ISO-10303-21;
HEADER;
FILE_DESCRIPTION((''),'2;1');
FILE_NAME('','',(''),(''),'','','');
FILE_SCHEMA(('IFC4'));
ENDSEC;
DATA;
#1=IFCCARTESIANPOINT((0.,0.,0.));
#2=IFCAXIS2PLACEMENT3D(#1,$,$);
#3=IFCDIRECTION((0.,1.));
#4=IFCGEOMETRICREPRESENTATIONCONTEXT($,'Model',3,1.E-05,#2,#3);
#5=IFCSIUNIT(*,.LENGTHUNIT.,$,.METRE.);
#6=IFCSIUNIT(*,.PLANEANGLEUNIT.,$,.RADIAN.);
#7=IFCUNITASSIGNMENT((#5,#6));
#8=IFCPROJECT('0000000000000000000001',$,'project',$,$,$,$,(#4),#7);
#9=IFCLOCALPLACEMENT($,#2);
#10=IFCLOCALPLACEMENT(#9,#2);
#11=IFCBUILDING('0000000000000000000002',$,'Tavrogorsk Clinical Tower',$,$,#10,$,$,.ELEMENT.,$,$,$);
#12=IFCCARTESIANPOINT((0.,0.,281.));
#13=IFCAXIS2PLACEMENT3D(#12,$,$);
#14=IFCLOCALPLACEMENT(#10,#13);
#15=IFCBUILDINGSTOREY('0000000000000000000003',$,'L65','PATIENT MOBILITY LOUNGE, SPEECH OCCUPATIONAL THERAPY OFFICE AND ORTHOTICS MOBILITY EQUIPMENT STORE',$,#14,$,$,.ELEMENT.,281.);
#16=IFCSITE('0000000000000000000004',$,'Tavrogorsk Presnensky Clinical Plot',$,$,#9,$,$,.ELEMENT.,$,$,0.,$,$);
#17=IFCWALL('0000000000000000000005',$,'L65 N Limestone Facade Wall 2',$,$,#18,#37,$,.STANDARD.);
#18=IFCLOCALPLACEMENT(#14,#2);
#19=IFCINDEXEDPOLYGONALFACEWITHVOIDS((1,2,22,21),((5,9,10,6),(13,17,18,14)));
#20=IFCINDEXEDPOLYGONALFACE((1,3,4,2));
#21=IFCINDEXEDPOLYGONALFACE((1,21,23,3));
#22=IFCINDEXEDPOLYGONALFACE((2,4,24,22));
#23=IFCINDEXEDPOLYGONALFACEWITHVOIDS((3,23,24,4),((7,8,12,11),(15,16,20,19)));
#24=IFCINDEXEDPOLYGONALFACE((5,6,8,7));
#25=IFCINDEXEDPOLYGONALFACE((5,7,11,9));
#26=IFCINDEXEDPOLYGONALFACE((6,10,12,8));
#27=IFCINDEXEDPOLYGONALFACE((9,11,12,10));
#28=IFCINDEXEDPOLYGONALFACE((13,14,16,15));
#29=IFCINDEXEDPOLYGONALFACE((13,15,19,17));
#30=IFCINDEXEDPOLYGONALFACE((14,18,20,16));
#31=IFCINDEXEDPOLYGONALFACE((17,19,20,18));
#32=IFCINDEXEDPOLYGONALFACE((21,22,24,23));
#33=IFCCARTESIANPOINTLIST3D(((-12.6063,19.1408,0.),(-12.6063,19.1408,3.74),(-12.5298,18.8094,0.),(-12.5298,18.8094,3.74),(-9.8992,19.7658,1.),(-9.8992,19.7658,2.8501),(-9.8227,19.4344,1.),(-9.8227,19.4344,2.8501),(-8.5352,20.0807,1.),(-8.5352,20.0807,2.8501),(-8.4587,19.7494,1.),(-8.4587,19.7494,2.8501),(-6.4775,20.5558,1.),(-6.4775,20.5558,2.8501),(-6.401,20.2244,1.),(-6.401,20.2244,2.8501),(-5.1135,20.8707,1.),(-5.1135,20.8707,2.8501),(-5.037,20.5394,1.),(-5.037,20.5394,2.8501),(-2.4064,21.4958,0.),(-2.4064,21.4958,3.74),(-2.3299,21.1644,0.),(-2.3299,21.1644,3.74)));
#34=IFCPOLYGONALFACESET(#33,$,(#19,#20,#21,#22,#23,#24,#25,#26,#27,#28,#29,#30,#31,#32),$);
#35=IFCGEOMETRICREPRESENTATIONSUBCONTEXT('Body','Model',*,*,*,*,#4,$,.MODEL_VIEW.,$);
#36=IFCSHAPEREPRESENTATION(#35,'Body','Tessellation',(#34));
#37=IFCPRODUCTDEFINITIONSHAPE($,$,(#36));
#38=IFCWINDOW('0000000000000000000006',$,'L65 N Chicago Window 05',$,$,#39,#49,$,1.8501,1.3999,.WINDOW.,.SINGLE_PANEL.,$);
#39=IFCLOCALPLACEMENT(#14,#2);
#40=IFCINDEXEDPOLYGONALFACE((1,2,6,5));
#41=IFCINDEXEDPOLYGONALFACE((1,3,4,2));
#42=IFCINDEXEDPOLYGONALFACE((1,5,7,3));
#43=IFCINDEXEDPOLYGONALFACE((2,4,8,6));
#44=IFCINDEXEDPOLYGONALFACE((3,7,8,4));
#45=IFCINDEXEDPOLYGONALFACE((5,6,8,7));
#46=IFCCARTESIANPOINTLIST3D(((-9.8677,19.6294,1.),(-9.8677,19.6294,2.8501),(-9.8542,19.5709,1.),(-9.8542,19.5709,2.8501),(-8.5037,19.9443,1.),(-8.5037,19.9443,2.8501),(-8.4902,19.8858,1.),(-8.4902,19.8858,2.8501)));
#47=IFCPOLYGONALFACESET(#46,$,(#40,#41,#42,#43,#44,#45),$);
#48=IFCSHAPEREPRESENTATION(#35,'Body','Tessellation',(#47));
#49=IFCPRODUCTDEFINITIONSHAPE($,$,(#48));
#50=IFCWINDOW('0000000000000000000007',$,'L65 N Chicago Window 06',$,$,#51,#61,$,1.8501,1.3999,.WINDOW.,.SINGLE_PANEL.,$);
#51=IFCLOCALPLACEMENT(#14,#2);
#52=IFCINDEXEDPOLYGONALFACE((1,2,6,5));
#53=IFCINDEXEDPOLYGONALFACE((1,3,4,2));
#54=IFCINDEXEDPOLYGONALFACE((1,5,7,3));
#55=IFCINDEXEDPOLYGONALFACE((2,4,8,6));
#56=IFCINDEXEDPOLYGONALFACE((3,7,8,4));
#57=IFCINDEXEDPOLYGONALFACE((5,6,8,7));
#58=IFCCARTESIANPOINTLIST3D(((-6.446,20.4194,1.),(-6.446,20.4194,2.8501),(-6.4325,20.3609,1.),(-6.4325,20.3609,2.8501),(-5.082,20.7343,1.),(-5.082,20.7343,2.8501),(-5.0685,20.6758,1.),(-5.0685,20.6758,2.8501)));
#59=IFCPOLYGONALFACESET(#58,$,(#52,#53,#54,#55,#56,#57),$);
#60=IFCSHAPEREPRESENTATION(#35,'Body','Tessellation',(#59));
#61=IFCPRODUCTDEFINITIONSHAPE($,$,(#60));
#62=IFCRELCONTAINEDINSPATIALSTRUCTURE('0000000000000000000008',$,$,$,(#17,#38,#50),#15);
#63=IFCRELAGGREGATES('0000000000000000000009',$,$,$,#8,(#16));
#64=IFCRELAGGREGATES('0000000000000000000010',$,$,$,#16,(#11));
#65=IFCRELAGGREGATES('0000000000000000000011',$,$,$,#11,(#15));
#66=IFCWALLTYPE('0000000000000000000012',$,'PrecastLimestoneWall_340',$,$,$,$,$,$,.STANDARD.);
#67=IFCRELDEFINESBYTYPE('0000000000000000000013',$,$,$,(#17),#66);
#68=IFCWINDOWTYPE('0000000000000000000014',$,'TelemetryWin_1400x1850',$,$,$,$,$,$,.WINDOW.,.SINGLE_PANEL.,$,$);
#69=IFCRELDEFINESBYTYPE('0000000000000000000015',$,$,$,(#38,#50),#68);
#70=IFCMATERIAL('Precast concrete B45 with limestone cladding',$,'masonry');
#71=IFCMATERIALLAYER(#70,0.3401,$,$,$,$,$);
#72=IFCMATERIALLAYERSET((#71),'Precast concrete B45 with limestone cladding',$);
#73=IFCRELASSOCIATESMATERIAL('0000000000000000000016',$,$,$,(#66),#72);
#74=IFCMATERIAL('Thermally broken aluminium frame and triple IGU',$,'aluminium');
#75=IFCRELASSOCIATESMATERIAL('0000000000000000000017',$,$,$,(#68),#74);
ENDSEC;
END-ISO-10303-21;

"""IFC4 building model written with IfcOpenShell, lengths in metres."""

from ifc_helpers import new_model, si_unit, direction, frame, frame_2d, origin, place, context, subcontext, project, spatial, rectangle, extrude, material, layer, layer_set, type_object, element, fill, save


model = new_model("IFC4")

# Units and contexts
model_context = context("Model", 3, precision=1e-05, world=origin(), true_north=direction((0.0, 1.0)))
body_context = subcontext(model_context, "Body", "Model", "MODEL_VIEW")
ifc_project = project(units=[si_unit("LENGTHUNIT", "METRE"), si_unit("PLANEANGLEUNIT", "RADIAN")], contexts=[model_context])

# Site, building, storey
site_placement = place(None, origin())
site = spatial("IfcSite", under=ifc_project, at=site_placement, Name="Tavrogorsk Presnensky Clinical Plot", CompositionType="ELEMENT", RefElevation=0.0)
building_placement = place(site_placement, origin())
building = spatial("IfcBuilding", under=site, at=building_placement, Name="Tavrogorsk Clinical Tower", CompositionType="ELEMENT")
storey_placement = place(building_placement, frame((0.0, 0.0, 281.0)))
storey = spatial("IfcBuildingStorey", under=building, at=storey_placement, Name="L65", Description="PATIENT MOBILITY LOUNGE, SPEECH OCCUPATIONAL THERAPY OFFICE AND ORTHOTICS MOBILITY EQUIPMENT STORE", CompositionType="ELEMENT", Elevation=281.0)

# Wall, openings, windows
ifc_material_1 = material(Name="Precast concrete B45 with limestone cladding", Category="masonry")
ifc_layer_1 = layer(ifc_material_1, 0.3401)
ifc_layer_set_1 = layer_set([ifc_layer_1], Name="Precast concrete B45 with limestone cladding")
wall_type_1 = type_object("IfcWallType", Name="PrecastLimestoneWall_340", PredefinedType="STANDARD", material=ifc_layer_set_1)
wall_1_placement = place(storey_placement, frame((-2.3682, 21.3301, 0.0), z_axis=(0.0, 0.0, 1.0), x_axis=(-0.974367, -0.224963, 0.0)))
wall_1 = element("IfcWall", 1, at=wall_1_placement, inside=storey, type_object=wall_type_1, Name="L65 N Limestone Facade Wall 2", PredefinedType="STANDARD", context=body_context, shape_type="SweptSolid", body=[
    extrude(rectangle(XDim=10.4683, YDim=0.3401, at=frame_2d((5.2341, 0.0))), origin(), (0.0, 0.0, 1.0), 3.74),
])
opening_1_placement = place(wall_1_placement, frame((6.29, 0.0, 1.0)))
opening_1 = element("IfcOpeningElement", 2, at=opening_1_placement, cuts=wall_1, PredefinedType="OPENING", context=body_context, shape_type="SweptSolid", body=[
    extrude(rectangle(XDim=1.3999, YDim=1.8501, at=frame_2d((0.7, 0.925))), frame((0.0, 0.1799, 0.0), z_axis=(0.0, -1.0, 0.0), x_axis=(1.0, 0.0, 0.0)), (0.0, 0.0, 1.0), 0.3601),
])
opening_2_placement = place(wall_1_placement, frame((2.7783, 0.0, 1.0)))
opening_2 = element("IfcOpeningElement", 3, at=opening_2_placement, cuts=wall_1, PredefinedType="OPENING", context=body_context, shape_type="SweptSolid", body=[
    extrude(rectangle(XDim=1.3999, YDim=1.8501, at=frame_2d((0.7, 0.925))), frame((0.0, 0.1799, 0.0), z_axis=(0.0, -1.0, 0.0), x_axis=(1.0, 0.0, 0.0)), (0.0, 0.0, 1.0), 0.3601),
])
ifc_material_2 = material(Name="Thermally broken aluminium frame and triple IGU", Category="aluminium")
window_type = type_object("IfcWindowType", Name="TelemetryWin_1400x1850", PartitioningType="SINGLE_PANEL", PredefinedType="WINDOW", material=ifc_material_2)
window_1_placement = place(opening_1_placement, origin())
window_1 = element("IfcWindow", 4, at=window_1_placement, inside=storey, type_object=window_type, Name="L65 N Chicago Window 05", OverallHeight=1.8501, OverallWidth=1.3999, PartitioningType="SINGLE_PANEL", PredefinedType="WINDOW", context=body_context, shape_type="SweptSolid", body=[
    extrude(rectangle(XDim=1.3999, YDim=1.8501, at=frame_2d((0.7, 0.925))), frame((0.0, 0.03, 0.0), z_axis=(0.0, -1.0, 0.0), x_axis=(1.0, 0.0, 0.0)), (0.0, 0.0, 1.0), 0.0601),
])
fill(opening_1, window_1)
window_2_placement = place(opening_2_placement, origin())
window_2 = element("IfcWindow", 5, at=window_2_placement, inside=storey, type_object=window_type, Name="L65 N Chicago Window 06", OverallHeight=1.8501, OverallWidth=1.3999, PartitioningType="SINGLE_PANEL", PredefinedType="WINDOW", context=body_context, shape_type="SweptSolid", body=[
    extrude(rectangle(XDim=1.3999, YDim=1.8501, at=frame_2d((0.7, 0.925))), frame((0.0, 0.03, 0.0), z_axis=(0.0, -1.0, 0.0), x_axis=(1.0, 0.0, 0.0)), (0.0, 0.0, 1.0), 0.0601),
])
fill(opening_2, window_2)

save(model, "model.ifc")
